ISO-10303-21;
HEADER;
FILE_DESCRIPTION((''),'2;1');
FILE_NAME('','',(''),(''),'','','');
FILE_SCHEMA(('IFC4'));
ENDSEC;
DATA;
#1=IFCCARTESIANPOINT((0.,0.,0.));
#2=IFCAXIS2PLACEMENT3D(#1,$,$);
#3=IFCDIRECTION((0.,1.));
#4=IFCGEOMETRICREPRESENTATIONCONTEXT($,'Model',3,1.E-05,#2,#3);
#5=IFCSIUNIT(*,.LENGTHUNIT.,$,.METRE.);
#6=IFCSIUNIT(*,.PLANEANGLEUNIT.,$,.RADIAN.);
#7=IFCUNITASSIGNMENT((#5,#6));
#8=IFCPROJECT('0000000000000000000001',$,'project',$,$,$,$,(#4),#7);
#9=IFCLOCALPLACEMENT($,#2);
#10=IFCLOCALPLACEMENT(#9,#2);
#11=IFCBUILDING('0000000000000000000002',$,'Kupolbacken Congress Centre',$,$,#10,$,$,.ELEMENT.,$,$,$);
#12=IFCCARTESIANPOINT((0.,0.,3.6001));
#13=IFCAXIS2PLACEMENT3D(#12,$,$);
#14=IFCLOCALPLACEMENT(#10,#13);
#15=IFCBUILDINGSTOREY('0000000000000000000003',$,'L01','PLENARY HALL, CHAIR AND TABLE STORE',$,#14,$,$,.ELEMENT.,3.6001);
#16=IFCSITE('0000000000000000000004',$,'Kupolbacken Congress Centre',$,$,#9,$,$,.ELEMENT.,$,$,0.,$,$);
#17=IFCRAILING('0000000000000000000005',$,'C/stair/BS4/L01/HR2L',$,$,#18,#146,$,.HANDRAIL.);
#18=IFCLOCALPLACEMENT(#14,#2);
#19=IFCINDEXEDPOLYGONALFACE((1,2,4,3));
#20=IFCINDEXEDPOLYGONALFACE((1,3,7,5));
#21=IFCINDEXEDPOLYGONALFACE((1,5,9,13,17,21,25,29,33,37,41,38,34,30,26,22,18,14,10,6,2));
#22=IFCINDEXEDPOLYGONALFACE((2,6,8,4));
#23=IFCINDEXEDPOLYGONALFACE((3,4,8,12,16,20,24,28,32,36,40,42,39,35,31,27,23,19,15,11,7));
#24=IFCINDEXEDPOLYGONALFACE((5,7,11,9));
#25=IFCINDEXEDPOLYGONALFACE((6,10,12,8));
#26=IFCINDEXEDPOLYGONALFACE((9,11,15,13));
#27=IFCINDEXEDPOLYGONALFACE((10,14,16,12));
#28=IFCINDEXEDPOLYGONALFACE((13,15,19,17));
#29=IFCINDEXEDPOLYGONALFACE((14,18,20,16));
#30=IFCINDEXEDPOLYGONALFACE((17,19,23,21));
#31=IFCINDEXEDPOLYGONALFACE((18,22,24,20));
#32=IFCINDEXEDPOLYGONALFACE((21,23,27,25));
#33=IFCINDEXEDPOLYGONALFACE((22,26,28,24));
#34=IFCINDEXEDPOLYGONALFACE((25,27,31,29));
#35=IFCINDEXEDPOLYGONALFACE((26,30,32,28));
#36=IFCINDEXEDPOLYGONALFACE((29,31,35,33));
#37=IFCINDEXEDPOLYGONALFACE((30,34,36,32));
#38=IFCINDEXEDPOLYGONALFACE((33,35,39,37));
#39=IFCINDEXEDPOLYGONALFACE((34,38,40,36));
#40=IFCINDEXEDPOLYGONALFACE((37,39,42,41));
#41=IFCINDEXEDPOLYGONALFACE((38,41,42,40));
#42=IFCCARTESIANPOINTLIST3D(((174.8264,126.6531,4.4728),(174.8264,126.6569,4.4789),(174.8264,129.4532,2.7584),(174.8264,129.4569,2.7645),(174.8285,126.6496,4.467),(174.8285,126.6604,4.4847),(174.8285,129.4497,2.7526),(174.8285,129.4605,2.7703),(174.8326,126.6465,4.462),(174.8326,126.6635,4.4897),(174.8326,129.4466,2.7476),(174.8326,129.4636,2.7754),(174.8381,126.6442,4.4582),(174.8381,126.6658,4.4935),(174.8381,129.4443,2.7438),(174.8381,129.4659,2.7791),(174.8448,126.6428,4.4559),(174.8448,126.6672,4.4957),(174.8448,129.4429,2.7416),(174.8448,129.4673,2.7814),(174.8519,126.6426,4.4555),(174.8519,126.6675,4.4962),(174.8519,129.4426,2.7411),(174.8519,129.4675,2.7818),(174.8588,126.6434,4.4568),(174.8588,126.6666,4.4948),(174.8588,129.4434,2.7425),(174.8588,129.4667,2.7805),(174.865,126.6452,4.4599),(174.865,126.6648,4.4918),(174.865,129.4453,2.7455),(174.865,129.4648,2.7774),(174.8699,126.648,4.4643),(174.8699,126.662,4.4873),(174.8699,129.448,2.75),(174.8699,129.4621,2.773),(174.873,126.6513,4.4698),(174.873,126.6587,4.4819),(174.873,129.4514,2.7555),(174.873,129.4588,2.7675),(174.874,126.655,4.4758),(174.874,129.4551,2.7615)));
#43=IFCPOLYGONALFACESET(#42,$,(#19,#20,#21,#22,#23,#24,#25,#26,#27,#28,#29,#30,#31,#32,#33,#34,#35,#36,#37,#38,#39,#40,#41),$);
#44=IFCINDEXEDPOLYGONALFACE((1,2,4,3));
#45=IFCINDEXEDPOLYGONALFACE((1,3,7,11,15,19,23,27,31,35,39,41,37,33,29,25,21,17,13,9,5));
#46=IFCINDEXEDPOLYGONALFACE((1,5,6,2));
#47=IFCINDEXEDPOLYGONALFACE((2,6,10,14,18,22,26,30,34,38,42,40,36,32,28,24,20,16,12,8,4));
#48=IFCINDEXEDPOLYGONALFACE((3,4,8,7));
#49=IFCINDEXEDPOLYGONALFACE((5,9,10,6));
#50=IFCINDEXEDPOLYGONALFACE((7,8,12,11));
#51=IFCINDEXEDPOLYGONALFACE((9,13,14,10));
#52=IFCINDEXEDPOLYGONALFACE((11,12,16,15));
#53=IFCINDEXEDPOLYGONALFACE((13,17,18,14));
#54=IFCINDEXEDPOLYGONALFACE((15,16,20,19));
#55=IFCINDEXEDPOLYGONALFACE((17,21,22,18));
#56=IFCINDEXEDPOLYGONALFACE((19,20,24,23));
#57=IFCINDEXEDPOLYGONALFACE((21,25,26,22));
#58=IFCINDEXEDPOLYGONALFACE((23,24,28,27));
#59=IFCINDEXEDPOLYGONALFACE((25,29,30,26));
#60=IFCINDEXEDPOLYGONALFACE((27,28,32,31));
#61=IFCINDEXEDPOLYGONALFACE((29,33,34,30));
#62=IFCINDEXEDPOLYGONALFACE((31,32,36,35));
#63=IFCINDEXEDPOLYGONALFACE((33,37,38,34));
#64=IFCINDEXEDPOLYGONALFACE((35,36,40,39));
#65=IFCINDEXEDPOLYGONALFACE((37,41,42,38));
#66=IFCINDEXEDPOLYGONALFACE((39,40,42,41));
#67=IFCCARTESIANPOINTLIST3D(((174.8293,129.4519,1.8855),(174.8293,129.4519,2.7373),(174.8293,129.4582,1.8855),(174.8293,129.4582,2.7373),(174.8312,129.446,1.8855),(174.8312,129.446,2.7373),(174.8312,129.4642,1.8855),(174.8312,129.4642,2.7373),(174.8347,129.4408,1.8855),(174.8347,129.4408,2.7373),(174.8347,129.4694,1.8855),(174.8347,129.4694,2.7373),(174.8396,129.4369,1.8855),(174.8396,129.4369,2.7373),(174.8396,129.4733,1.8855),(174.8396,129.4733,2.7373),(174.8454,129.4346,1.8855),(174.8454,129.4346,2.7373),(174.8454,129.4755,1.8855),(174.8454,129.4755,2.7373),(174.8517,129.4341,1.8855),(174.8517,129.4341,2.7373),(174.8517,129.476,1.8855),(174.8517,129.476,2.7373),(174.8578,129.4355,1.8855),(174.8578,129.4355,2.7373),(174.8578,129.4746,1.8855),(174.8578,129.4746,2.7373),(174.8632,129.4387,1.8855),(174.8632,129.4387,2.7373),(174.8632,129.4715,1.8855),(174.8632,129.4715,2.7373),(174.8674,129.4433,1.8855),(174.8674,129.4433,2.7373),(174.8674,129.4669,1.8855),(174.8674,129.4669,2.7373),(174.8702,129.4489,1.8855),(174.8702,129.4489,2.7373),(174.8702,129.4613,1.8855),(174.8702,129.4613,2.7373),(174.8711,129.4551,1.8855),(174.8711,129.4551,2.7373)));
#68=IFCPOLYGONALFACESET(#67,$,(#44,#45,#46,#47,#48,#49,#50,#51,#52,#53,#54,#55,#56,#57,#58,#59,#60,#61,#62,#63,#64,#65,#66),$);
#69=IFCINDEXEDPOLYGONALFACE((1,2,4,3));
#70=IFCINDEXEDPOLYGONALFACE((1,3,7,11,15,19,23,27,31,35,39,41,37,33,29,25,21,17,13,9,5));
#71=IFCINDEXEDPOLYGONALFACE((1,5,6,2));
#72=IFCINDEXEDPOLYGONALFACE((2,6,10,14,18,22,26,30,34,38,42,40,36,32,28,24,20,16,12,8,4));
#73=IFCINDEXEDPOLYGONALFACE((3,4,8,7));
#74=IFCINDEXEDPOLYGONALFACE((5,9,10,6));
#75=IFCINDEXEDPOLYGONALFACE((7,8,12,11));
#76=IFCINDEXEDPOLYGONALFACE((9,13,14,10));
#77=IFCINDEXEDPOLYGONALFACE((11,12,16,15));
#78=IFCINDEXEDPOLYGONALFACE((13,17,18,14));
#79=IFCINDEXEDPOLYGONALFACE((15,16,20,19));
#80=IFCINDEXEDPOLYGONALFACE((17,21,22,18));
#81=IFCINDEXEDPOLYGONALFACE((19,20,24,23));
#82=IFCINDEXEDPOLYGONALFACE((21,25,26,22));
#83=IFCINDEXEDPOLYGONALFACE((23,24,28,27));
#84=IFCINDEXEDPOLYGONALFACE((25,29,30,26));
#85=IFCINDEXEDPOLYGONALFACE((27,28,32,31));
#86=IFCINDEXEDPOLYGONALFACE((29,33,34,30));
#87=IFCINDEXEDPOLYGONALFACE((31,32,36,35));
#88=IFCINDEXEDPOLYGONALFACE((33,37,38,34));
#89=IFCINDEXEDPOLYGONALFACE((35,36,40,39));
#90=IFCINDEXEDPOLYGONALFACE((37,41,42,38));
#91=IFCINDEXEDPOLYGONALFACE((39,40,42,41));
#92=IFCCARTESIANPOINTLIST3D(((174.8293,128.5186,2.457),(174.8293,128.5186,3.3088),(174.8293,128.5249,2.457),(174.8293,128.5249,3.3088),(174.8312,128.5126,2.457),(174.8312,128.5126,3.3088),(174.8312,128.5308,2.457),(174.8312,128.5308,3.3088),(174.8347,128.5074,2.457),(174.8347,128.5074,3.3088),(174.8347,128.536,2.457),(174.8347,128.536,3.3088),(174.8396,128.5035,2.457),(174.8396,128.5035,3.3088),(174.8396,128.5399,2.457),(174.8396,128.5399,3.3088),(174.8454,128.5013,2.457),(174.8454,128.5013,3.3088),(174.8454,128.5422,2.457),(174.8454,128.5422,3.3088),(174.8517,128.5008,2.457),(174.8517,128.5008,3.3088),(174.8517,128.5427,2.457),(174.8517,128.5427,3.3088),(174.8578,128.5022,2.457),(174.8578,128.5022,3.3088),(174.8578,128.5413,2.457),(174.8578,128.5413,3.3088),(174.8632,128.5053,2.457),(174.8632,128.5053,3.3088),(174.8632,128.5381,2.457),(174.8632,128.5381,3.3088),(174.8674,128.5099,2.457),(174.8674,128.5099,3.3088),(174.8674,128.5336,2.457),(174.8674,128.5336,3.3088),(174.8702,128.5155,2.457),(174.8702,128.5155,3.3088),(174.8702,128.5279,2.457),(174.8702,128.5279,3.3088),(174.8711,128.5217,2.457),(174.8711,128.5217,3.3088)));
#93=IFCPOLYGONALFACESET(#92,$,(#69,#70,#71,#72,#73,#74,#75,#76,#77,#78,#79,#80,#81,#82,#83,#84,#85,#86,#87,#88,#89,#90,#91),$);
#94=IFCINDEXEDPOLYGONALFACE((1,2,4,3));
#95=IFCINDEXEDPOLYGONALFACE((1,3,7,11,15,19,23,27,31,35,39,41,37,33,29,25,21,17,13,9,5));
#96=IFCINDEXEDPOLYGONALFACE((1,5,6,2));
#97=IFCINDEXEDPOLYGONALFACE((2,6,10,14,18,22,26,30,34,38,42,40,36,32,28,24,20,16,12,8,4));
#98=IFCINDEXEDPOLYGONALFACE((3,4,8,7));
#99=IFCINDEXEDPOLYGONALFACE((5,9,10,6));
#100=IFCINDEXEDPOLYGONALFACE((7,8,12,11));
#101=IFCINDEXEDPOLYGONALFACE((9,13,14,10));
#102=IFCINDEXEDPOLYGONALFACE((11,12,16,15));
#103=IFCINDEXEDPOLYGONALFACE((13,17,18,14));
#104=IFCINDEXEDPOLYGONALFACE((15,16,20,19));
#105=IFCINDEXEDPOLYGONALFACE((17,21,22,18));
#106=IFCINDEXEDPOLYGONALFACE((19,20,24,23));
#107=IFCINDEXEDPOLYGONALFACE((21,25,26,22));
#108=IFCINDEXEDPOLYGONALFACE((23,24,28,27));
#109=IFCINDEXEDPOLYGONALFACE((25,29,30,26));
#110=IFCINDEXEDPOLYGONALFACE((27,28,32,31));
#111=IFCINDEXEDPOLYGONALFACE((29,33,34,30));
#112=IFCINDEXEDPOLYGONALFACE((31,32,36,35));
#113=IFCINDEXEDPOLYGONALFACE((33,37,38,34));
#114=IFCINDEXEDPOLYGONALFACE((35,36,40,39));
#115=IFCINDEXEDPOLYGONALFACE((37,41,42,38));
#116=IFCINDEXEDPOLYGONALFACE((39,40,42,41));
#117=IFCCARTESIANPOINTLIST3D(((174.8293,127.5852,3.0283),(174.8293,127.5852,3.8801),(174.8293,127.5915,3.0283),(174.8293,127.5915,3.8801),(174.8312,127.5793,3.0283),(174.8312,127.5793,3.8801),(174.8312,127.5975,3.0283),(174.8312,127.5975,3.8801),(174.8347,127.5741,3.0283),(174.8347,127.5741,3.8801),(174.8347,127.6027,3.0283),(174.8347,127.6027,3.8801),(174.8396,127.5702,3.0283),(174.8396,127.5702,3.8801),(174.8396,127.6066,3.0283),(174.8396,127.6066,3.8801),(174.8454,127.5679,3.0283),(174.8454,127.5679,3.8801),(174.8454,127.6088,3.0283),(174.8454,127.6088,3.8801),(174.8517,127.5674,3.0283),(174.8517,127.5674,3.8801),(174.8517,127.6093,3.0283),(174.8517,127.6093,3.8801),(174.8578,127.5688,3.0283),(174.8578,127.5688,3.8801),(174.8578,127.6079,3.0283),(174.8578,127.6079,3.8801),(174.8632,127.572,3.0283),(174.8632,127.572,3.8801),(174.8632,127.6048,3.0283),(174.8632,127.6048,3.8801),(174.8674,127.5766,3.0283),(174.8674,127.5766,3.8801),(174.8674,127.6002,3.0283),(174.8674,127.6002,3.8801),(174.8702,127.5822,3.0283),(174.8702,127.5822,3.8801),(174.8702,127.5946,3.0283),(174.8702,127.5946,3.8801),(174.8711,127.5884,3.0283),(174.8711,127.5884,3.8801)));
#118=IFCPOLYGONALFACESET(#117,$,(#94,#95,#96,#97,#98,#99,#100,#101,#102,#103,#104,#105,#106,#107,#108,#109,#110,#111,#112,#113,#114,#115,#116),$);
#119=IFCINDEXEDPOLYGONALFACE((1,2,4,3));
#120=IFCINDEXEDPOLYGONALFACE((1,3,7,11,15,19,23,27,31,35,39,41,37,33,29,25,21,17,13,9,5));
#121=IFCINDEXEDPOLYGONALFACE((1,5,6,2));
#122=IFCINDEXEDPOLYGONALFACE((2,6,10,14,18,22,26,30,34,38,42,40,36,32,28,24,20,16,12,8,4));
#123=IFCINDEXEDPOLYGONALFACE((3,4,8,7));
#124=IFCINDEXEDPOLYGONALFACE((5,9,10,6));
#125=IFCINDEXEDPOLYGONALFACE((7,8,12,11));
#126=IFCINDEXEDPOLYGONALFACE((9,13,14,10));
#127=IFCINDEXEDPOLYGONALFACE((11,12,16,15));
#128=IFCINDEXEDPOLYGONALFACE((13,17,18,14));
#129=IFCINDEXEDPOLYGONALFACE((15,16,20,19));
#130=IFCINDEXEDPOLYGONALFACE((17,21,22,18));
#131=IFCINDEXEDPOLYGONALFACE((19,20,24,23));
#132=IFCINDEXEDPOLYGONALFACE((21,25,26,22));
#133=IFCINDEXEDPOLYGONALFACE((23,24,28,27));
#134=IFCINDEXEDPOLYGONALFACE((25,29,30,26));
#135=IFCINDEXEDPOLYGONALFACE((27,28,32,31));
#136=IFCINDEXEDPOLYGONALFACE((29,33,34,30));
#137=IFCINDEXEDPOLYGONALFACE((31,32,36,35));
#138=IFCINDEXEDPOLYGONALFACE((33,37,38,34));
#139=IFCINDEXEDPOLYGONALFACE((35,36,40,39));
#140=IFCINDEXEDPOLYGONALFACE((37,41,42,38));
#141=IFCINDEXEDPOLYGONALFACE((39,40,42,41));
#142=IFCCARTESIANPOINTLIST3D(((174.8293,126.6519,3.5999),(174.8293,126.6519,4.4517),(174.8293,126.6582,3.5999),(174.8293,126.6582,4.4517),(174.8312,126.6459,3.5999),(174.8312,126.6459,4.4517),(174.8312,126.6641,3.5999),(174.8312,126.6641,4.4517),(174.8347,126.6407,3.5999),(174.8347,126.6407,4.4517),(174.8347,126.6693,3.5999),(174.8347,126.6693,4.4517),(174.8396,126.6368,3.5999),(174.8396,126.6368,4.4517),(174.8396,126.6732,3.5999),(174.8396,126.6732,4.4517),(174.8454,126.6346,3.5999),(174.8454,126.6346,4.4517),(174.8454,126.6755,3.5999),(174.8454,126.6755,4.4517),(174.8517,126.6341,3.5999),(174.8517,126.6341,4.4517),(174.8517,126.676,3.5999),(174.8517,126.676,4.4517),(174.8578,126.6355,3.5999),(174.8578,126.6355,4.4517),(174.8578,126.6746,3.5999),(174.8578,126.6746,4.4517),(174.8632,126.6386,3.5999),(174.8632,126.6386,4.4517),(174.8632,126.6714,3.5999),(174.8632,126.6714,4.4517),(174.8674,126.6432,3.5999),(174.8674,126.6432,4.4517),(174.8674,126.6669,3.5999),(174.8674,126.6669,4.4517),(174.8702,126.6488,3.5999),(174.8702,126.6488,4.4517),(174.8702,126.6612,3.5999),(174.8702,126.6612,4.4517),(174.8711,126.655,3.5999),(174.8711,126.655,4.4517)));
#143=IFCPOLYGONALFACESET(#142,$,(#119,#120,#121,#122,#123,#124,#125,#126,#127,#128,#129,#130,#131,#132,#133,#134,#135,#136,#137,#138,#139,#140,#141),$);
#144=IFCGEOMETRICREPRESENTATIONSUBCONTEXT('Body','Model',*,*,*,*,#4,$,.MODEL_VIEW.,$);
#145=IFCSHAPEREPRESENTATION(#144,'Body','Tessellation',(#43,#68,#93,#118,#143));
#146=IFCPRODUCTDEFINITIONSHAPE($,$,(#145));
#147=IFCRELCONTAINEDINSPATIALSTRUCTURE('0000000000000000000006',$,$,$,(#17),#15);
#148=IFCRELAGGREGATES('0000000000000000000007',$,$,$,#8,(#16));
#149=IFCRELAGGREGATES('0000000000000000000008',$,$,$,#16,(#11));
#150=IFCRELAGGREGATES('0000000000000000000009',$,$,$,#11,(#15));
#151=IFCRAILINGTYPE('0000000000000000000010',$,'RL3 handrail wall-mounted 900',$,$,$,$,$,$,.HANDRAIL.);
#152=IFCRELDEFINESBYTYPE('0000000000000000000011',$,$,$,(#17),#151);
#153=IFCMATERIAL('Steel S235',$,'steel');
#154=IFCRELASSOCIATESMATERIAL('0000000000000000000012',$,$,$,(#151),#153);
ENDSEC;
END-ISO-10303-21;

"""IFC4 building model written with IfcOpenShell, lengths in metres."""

from ifc_helpers import new_model, si_unit, direction, frame, origin, origin_2d, place, context, subcontext, project, spatial, circle, extrude, material, type_object, element, save


model = new_model("IFC4")

# Units and contexts
model_context = context("Model", 3, precision=1e-05, world=origin(), true_north=direction((0.0, 1.0)))
body_context = subcontext(model_context, "Body", "Model", "MODEL_VIEW")
ifc_project = project(units=[si_unit("LENGTHUNIT", "METRE"), si_unit("PLANEANGLEUNIT", "RADIAN")], contexts=[model_context])

# Site, building, storey
site_placement = place(None, origin())
site = spatial("IfcSite", under=ifc_project, at=site_placement, Name="Kupolbacken Congress Centre", CompositionType="ELEMENT", RefElevation=0.0)
building_placement = place(site_placement, origin())
building = spatial("IfcBuilding", under=site, at=building_placement, Name="Kupolbacken Congress Centre", CompositionType="ELEMENT")
storey_placement = place(building_placement, frame((0.0, 0.0, 3.6001)))
storey = spatial("IfcBuildingStorey", under=building, at=storey_placement, Name="L01", Description="PLENARY HALL, CHAIR AND TABLE STORE", CompositionType="ELEMENT", Elevation=3.6001)

# Railing
ifc_material_1 = material(Name="Steel S235", Category="steel")
railing_type = type_object("IfcRailingType", Name="RL3 handrail wall-mounted 900", PredefinedType="HANDRAIL", material=ifc_material_1)
for number, where, name in (
    (1, (174.8501, 129.4551, 1.8855), "C/stair/BS4/L01/HR2L"),
):
    element("IfcRailing", number, at=place(storey_placement, frame(where)), inside=storey, type_object=railing_type, Name=name, PredefinedType="HANDRAIL", context=body_context, shape_type="SweptSolid", body=[
        extrude(circle(Radius=0.0239, at=origin_2d()), frame((0.0, 0.0, 0.876), z_axis=(0.0, -0.852846, 0.522163), x_axis=(1.0, 0.0, 0.0)), (0.0, 0.0, 1.0), 3.2832),
        extrude(circle(Radius=0.021, at=origin_2d()), origin(), (0.0, 0.0, 1.0), 0.8518),
        extrude(circle(Radius=0.021, at=origin_2d()), frame((0.0, -0.9333, 0.5715)), (0.0, 0.0, 1.0), 0.8518),
        extrude(circle(Radius=0.021, at=origin_2d()), frame((0.0, -1.8667, 1.1428)), (0.0, 0.0, 1.0), 0.8518),
        extrude(circle(Radius=0.021, at=origin_2d()), frame((0.0, -2.8, 1.7144)), (0.0, 0.0, 1.0), 0.8518),
    ])

save(model, "model.ifc")
